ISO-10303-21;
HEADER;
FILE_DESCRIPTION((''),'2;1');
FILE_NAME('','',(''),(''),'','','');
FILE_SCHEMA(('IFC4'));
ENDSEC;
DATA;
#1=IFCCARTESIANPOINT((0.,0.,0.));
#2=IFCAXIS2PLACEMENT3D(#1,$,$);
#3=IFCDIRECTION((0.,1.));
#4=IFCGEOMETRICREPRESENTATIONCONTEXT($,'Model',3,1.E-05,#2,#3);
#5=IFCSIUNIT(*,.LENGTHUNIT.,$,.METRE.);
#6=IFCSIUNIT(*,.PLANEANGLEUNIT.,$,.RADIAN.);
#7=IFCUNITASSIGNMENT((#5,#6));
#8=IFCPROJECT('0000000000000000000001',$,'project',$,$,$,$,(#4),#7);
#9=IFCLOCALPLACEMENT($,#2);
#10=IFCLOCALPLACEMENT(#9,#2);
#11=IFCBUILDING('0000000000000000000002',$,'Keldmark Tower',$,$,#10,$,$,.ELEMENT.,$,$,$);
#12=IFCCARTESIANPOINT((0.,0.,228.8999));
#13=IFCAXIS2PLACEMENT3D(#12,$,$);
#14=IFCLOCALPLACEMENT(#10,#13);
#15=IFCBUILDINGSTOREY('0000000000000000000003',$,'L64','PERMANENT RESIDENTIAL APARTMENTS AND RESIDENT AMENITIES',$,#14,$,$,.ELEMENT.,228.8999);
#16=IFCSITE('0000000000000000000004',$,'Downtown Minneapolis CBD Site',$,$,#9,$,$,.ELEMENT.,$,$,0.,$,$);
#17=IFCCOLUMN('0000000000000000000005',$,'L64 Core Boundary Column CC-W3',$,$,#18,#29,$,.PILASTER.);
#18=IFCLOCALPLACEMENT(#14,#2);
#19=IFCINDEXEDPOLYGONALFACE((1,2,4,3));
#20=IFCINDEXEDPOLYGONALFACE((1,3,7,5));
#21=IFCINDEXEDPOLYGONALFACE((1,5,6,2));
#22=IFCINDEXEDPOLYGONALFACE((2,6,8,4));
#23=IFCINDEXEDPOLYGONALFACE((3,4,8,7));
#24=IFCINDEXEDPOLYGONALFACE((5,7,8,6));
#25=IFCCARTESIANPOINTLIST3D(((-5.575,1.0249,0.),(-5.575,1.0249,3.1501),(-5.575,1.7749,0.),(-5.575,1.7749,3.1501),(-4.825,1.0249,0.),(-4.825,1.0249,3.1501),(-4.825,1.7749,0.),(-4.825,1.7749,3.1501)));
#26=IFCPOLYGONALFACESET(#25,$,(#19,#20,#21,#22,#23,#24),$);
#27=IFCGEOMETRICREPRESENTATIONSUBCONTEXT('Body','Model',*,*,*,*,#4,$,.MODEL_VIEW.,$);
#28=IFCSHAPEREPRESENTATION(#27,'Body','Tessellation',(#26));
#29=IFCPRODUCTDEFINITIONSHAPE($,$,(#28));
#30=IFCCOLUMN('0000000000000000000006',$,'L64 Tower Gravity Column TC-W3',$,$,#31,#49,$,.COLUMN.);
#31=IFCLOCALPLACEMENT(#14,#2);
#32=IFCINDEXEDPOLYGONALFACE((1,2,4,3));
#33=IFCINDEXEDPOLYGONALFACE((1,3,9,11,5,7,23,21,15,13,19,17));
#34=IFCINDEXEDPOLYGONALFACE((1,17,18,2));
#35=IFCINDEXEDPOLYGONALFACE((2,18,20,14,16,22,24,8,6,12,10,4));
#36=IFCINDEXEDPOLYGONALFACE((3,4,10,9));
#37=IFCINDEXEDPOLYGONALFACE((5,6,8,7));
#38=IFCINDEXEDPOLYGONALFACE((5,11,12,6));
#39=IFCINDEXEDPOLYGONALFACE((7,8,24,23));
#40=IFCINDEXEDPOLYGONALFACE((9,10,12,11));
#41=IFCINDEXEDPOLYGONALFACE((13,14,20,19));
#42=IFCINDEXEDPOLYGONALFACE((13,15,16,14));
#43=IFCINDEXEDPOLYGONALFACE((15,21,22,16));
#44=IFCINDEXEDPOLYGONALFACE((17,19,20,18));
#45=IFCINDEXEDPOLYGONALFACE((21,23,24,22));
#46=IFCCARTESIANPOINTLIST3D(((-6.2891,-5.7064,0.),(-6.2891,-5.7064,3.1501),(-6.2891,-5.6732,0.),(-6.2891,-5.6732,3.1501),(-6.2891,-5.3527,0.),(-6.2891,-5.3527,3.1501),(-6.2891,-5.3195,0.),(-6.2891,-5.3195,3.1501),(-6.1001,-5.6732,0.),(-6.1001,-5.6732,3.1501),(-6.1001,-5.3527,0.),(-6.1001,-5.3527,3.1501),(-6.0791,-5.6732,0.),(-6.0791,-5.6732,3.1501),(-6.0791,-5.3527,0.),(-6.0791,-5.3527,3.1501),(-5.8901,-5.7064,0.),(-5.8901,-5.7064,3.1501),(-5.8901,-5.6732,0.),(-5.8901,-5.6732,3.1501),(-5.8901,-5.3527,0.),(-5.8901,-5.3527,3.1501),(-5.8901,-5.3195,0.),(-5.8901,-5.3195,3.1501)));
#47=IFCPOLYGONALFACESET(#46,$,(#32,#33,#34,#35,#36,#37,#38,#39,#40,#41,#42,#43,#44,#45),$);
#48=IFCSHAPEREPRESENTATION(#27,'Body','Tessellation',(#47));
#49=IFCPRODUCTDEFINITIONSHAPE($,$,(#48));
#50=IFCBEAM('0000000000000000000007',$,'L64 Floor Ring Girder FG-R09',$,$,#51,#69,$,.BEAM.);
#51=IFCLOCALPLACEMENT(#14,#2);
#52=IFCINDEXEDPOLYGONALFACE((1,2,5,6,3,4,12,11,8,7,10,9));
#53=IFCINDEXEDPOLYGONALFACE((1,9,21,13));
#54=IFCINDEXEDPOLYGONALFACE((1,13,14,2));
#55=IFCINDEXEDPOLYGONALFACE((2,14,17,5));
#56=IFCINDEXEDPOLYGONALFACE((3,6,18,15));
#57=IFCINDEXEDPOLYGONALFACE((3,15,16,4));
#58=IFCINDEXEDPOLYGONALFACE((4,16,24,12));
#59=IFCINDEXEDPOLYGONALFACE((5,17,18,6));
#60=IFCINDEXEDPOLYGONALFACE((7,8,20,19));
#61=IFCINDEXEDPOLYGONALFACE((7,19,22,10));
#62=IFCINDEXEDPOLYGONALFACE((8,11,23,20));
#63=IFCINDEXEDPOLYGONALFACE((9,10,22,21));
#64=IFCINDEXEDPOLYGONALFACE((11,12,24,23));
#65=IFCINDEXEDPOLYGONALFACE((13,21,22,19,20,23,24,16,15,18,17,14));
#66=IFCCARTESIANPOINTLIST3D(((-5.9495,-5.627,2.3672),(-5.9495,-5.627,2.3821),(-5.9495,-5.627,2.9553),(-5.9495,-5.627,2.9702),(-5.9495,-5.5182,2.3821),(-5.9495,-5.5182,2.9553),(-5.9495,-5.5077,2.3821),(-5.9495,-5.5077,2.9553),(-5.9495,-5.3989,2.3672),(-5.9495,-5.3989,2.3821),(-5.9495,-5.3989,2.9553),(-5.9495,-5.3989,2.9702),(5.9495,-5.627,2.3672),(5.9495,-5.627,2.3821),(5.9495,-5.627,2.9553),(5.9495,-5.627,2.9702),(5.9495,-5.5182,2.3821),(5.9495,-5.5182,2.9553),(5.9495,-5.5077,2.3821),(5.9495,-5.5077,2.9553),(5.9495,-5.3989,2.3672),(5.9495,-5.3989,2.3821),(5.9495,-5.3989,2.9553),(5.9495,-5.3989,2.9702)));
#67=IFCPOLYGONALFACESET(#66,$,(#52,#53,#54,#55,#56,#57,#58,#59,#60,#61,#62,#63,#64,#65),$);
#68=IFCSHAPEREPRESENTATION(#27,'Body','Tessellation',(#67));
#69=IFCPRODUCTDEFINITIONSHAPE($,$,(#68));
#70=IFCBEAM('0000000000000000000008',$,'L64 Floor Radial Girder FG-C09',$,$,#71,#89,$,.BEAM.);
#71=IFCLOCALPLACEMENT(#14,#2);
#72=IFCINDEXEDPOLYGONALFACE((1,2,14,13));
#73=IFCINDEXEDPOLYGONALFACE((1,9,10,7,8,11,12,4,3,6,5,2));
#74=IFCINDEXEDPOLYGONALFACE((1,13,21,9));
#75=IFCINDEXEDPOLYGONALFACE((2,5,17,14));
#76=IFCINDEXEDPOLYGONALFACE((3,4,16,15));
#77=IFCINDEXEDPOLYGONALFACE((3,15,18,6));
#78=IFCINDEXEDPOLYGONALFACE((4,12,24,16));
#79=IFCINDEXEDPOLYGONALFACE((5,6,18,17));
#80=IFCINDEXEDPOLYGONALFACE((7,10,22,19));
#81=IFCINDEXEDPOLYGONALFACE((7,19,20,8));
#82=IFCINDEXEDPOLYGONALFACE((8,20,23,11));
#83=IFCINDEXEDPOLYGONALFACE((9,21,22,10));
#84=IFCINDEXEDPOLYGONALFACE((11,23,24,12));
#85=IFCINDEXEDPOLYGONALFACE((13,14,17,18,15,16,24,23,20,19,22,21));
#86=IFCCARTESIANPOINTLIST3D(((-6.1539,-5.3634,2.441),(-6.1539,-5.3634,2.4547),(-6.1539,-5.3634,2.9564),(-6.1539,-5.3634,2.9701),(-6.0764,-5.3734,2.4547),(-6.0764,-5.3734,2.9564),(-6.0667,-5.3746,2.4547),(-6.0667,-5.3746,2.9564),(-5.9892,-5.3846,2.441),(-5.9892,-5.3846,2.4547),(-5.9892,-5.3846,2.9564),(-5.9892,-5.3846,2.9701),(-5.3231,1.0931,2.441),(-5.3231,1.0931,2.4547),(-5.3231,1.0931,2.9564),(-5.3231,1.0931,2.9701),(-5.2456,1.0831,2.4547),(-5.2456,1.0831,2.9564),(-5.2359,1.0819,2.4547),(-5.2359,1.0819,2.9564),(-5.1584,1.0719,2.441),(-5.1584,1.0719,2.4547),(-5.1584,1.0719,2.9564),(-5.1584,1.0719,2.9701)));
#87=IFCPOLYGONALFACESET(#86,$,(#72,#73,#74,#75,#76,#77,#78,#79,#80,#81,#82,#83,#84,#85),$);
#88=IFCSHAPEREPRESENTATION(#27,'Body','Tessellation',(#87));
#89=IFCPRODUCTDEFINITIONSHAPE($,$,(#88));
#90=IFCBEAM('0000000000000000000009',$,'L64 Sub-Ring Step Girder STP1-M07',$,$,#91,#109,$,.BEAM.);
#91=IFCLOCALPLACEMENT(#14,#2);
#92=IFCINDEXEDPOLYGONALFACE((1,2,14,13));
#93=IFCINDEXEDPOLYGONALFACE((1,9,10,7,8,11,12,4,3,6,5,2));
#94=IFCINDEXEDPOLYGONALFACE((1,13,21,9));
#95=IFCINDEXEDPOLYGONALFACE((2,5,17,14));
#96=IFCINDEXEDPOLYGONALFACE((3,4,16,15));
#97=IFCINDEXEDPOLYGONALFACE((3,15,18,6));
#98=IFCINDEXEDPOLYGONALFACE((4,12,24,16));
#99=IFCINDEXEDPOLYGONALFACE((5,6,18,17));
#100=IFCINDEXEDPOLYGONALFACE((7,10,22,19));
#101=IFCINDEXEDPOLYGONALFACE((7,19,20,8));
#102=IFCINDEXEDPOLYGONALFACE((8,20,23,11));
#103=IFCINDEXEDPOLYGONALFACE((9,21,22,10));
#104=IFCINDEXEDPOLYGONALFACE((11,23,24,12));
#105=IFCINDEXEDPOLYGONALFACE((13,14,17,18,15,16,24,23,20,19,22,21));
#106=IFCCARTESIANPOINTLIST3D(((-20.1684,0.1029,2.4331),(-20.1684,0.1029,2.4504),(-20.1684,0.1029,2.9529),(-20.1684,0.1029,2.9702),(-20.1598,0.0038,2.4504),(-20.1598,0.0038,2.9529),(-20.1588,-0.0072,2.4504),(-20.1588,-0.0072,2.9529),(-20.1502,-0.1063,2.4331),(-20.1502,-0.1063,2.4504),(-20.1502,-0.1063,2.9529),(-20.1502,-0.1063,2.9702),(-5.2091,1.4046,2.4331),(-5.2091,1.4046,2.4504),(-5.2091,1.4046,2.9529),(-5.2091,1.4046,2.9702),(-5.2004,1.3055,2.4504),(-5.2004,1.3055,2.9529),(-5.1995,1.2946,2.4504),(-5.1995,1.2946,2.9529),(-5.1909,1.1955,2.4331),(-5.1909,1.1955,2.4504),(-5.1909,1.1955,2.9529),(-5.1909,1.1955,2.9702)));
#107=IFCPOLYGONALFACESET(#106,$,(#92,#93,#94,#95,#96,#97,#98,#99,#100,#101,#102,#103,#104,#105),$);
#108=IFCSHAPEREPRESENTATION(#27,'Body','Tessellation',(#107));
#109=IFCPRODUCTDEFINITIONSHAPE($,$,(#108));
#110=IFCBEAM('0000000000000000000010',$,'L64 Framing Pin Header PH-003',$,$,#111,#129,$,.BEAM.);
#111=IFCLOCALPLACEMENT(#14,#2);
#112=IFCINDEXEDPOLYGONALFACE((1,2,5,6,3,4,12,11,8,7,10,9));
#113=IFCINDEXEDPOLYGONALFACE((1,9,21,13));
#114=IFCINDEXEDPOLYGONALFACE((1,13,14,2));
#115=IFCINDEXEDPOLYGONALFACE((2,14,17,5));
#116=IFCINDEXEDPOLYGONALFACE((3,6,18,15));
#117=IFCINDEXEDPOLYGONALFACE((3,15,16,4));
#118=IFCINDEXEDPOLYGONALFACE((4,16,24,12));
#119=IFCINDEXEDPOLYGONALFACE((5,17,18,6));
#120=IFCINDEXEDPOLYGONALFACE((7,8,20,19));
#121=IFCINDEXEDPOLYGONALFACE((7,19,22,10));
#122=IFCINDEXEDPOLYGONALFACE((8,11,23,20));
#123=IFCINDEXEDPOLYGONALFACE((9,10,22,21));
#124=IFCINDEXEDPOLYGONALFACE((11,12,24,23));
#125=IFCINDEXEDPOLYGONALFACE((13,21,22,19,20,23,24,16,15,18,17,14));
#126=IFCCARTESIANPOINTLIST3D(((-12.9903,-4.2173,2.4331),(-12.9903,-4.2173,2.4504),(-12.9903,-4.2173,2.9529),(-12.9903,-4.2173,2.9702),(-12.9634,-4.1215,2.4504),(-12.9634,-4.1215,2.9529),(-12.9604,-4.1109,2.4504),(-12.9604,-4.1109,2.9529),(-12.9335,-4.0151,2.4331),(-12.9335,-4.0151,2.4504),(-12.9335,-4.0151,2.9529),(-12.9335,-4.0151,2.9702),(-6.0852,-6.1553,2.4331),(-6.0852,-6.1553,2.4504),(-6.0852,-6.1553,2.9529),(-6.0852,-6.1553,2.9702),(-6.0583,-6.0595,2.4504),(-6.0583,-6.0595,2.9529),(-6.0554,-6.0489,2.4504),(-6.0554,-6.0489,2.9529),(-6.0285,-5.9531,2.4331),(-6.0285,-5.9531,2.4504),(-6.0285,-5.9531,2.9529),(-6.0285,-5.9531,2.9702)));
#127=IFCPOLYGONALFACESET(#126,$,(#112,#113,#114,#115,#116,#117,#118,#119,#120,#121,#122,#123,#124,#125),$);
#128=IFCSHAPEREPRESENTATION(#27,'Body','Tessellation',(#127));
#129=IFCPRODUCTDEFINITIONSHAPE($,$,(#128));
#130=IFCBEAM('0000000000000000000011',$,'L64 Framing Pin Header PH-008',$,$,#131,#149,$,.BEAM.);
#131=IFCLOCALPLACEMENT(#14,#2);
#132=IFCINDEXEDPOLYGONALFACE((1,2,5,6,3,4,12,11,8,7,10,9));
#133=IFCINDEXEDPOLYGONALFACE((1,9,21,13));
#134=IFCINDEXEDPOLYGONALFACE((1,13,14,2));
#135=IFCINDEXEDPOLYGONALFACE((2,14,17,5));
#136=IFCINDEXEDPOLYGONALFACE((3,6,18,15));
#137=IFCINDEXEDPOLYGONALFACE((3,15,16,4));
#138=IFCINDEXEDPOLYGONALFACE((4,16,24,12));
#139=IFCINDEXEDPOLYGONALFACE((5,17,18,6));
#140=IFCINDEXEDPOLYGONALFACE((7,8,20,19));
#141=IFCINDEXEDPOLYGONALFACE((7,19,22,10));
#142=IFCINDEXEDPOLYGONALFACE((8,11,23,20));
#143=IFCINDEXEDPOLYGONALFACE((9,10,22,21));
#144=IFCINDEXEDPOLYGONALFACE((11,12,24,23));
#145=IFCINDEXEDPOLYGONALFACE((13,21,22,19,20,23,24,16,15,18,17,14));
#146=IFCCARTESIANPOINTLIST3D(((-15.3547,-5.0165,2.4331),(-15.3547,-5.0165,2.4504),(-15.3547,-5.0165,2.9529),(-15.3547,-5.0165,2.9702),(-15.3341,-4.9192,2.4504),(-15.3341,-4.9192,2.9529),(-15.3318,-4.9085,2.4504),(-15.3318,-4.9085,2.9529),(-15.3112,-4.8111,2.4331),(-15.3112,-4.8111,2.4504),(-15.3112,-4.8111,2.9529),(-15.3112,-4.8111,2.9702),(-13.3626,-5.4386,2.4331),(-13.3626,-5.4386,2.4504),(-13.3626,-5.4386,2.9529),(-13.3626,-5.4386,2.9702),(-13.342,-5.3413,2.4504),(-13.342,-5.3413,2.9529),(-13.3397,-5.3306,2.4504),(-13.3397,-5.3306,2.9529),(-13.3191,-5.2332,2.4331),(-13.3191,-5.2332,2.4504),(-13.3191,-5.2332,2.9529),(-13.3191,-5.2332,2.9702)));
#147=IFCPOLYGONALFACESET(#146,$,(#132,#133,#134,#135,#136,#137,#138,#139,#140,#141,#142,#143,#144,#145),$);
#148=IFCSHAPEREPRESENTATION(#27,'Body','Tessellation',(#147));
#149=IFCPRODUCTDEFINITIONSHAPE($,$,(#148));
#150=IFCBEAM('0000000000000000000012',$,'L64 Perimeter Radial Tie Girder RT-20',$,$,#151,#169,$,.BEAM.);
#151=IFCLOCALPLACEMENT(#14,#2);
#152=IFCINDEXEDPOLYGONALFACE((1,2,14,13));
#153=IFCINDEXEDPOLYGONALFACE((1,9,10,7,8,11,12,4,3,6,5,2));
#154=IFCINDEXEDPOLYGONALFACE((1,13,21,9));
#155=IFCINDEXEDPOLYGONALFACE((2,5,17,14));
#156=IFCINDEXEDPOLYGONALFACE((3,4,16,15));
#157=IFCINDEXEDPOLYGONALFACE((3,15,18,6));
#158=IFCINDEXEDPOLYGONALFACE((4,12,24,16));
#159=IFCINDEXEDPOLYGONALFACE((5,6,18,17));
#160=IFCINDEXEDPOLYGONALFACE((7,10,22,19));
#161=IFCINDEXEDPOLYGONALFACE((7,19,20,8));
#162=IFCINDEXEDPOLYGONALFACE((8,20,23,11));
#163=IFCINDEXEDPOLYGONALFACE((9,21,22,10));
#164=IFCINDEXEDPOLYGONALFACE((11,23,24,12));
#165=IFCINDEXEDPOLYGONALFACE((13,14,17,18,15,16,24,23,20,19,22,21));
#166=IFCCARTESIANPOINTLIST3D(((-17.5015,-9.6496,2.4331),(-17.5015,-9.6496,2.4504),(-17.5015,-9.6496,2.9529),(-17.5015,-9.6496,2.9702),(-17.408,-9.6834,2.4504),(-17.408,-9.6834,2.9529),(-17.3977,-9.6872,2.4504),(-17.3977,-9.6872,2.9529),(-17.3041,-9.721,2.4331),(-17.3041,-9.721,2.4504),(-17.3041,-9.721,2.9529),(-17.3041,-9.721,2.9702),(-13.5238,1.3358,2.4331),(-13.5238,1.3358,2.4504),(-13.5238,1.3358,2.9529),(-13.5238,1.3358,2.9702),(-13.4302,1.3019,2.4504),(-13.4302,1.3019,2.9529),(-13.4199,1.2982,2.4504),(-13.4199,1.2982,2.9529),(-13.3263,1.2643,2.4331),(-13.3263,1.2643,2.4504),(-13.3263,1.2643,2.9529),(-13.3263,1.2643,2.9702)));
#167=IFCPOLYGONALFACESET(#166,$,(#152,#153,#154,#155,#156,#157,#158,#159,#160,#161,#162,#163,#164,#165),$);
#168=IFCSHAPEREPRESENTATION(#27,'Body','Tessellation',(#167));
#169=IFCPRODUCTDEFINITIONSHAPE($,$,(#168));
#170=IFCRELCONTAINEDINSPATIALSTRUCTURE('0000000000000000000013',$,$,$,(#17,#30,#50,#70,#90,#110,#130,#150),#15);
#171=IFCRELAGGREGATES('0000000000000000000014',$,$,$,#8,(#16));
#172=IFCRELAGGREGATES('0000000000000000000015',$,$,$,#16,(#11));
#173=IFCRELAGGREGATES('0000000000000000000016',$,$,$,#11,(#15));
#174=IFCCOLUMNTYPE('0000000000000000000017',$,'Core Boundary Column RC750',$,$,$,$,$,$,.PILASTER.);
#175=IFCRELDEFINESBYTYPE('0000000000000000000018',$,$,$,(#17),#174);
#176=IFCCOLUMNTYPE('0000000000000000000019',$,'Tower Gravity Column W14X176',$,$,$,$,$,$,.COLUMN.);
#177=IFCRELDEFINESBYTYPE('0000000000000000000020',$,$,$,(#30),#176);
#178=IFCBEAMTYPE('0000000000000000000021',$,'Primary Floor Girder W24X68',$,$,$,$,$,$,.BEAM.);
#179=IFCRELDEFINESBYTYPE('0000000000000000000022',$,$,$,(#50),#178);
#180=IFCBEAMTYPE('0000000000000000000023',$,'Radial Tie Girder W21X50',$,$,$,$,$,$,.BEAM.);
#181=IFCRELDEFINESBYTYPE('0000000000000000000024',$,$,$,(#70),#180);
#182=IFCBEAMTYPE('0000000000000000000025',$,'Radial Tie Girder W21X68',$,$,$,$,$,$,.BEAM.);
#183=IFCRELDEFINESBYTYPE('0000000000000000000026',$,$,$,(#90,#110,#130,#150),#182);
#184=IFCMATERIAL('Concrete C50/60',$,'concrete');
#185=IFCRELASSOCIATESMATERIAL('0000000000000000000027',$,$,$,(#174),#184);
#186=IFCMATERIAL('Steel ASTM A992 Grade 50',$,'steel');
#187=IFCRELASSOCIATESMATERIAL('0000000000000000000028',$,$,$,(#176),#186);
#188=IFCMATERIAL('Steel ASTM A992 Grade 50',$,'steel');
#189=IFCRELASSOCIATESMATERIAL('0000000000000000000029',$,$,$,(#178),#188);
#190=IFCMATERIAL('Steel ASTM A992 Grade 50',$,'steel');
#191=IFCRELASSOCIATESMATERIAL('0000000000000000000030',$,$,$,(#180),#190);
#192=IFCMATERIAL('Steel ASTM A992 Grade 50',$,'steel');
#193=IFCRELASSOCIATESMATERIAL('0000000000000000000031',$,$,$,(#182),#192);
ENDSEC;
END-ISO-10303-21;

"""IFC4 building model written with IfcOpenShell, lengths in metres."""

from ifc_helpers import new_model, si_unit, direction, frame, origin, origin_2d, place, context, subcontext, project, spatial, rectangle, i_section, extrude, material, material_profile, profile_set, type_object, element, save


model = new_model("IFC4")

# Units and contexts
model_context = context("Model", 3, precision=1e-05, world=origin(), true_north=direction((0.0, 1.0)))
body_context = subcontext(model_context, "Body", "Model", "MODEL_VIEW")
ifc_project = project(units=[si_unit("LENGTHUNIT", "METRE"), si_unit("PLANEANGLEUNIT", "RADIAN")], contexts=[model_context])

# Site, building, storey
site_placement = place(None, origin())
site = spatial("IfcSite", under=ifc_project, at=site_placement, Name="Downtown Minneapolis CBD Site", CompositionType="ELEMENT", RefElevation=0.0)
building_placement = place(site_placement, origin())
building = spatial("IfcBuilding", under=site, at=building_placement, Name="Keldmark Tower", CompositionType="ELEMENT")
storey_placement = place(building_placement, frame((0.0, 0.0, 228.8999)))
storey = spatial("IfcBuildingStorey", under=building, at=storey_placement, Name="L64", Description="PERMANENT RESIDENTIAL APARTMENTS AND RESIDENT AMENITIES", CompositionType="ELEMENT", Elevation=228.8999)

# Columns
ifc_material_1 = material(Name="Concrete C50/60", Category="concrete")
ifc_material_profile_1 = material_profile(ifc_material_1, rectangle(XDim=0.75, YDim=0.75, at=origin_2d()), Name="RC750X750")
ifc_profile_set_1 = profile_set([ifc_material_profile_1], Name="Concrete C50/60")
column_type_1 = type_object("IfcColumnType", Name="Core Boundary Column RC750", PredefinedType="PILASTER", material=ifc_profile_set_1)
column_1_placement = place(storey_placement, frame((-5.2, 1.3999, 0.0), z_axis=(0.0, 0.0, 1.0), x_axis=(1.0, 0.0, 0.0)))
element("IfcColumn", 1, at=column_1_placement, inside=storey, type_object=column_type_1, Name="L64 Core Boundary Column CC-W3", PredefinedType="PILASTER", context=body_context, shape_type="SweptSolid", body=[
    extrude(rectangle(XDim=0.75, YDim=0.75, at=origin_2d()), origin(), (0.0, 0.0, 1.0), 3.1501),
])
ifc_material_2 = material(Name="Steel ASTM A992 Grade 50", Category="steel")
ifc_material_profile_2 = material_profile(ifc_material_2, i_section(OverallWidth=0.3989, OverallDepth=0.387, WebThickness=0.021, FlangeThickness=0.0332, at=origin_2d()), Name="W14X176")
ifc_profile_set_2 = profile_set([ifc_material_profile_2], Name="Steel ASTM A992 Grade 50")
column_type_2 = type_object("IfcColumnType", Name="Tower Gravity Column W14X176", PredefinedType="COLUMN", material=ifc_profile_set_2)
column_2_placement = place(storey_placement, frame((-6.0896, -5.5129, 0.0), z_axis=(0.0, 0.0, 1.0), x_axis=(1.0, 0.0, 0.0)))
element("IfcColumn", 2, at=column_2_placement, inside=storey, type_object=column_type_2, Name="L64 Tower Gravity Column TC-W3", PredefinedType="COLUMN", context=body_context, shape_type="SweptSolid", body=[
    extrude(i_section(OverallWidth=0.3989, OverallDepth=0.387, WebThickness=0.021, FlangeThickness=0.0332, at=origin_2d()), origin(), (0.0, 0.0, 1.0), 3.1501),
])

# Beams
ifc_material_3 = material(Name="Steel ASTM A992 Grade 50", Category="steel")
ifc_material_profile_3 = material_profile(ifc_material_3, i_section(OverallWidth=0.228, OverallDepth=0.603, WebThickness=0.0105, FlangeThickness=0.0149, at=origin_2d()), Name="W24X68")
ifc_profile_set_3 = profile_set([ifc_material_profile_3], Name="Steel ASTM A992 Grade 50")
beam_type_1 = type_object("IfcBeamType", Name="Primary Floor Girder W24X68", PredefinedType="BEAM", material=ifc_profile_set_3)
beam_1_placement = place(storey_placement, frame((-5.9495, -5.5129, 2.6687), z_axis=(1.0, 0.0, 0.0), x_axis=(0.0, 1.0, 0.0)))
element("IfcBeam", 3, at=beam_1_placement, inside=storey, type_object=beam_type_1, Name="L64 Floor Ring Girder FG-R09", PredefinedType="BEAM", context=body_context, shape_type="SweptSolid", body=[
    extrude(i_section(OverallWidth=0.228, OverallDepth=0.603, WebThickness=0.0105, FlangeThickness=0.0149, at=origin_2d()), origin(), (0.0, 0.0, 1.0), 11.8989),
])
ifc_material_4 = material(Name="Steel ASTM A992 Grade 50", Category="steel")
ifc_material_profile_4 = material_profile(ifc_material_4, i_section(OverallWidth=0.166, OverallDepth=0.5291, WebThickness=0.0098, FlangeThickness=0.0137, at=origin_2d()), Name="W21X50")
ifc_profile_set_4 = profile_set([ifc_material_profile_4], Name="Steel ASTM A992 Grade 50")
beam_type_2 = type_object("IfcBeamType", Name="Radial Tie Girder W21X50", PredefinedType="BEAM", material=ifc_profile_set_4)
beam_2_placement = place(storey_placement, frame((-6.0715, -5.374, 2.7056), z_axis=(0.127625, 0.991822, 0.0), x_axis=(-0.991822, 0.127625, 0.0)))
element("IfcBeam", 4, at=beam_2_placement, inside=storey, type_object=beam_type_2, Name="L64 Floor Radial Girder FG-C09", PredefinedType="BEAM", context=body_context, shape_type="SweptSolid", body=[
    extrude(i_section(OverallWidth=0.166, OverallDepth=0.5291, WebThickness=0.0098, FlangeThickness=0.0137, at=origin_2d()), origin(), (0.0, 0.0, 1.0), 6.5098),
])
ifc_material_5 = material(Name="Steel ASTM A992 Grade 50", Category="steel")
ifc_material_profile_5 = material_profile(ifc_material_5, i_section(OverallWidth=0.21, OverallDepth=0.5371, WebThickness=0.011, FlangeThickness=0.0173, at=origin_2d()), Name="W21X68")
ifc_profile_set_5 = profile_set([ifc_material_profile_5], Name="Steel ASTM A992 Grade 50")
beam_type_3 = type_object("IfcBeamType", Name="Radial Tie Girder W21X68", PredefinedType="BEAM", material=ifc_profile_set_5)
beam_3_placement = place(storey_placement, frame((-5.2, 1.3, 2.7017), z_axis=(-0.996235, -0.086693, 0.0), x_axis=(0.086693, -0.996235, 0.0)))
element("IfcBeam", 5, at=beam_3_placement, inside=storey, type_object=beam_type_3, Name="L64 Sub-Ring Step Girder STP1-M07", PredefinedType="BEAM", context=body_context, shape_type="SweptSolid", body=[
    extrude(i_section(OverallWidth=0.21, OverallDepth=0.5371, WebThickness=0.011, FlangeThickness=0.0173, at=origin_2d()), origin(), (0.0, 0.0, 1.0), 15.0159),
])
beam_4_placement = place(storey_placement, frame((-12.9619, -4.1162, 2.7017), z_axis=(0.962798, -0.270222, 0.0), x_axis=(0.270222, 0.962798, 0.0)))
element("IfcBeam", 6, at=beam_4_placement, inside=storey, type_object=beam_type_3, Name="L64 Framing Pin Header PH-003", PredefinedType="BEAM", context=body_context, shape_type="SweptSolid", body=[
    extrude(i_section(OverallWidth=0.21, OverallDepth=0.5371, WebThickness=0.011, FlangeThickness=0.0173, at=origin_2d()), origin(), (0.0, 0.0, 1.0), 7.1719),
])
beam_5_placement = place(storey_placement, frame((-13.3408, -5.3359, 2.7017), z_axis=(-0.978281, 0.207285, 0.0), x_axis=(-0.207285, -0.978281, 0.0)))
element("IfcBeam", 7, at=beam_5_placement, inside=storey, type_object=beam_type_3, Name="L64 Framing Pin Header PH-008", PredefinedType="BEAM", context=body_context, shape_type="SweptSolid", body=[
    extrude(i_section(OverallWidth=0.21, OverallDepth=0.5371, WebThickness=0.011, FlangeThickness=0.0173, at=origin_2d()), origin(), (0.0, 0.0, 1.0), 2.0364),
])
beam_6_placement = place(storey_placement, frame((-13.425, 1.3, 2.7017), z_axis=(-0.340466, -0.940257, 0.0), x_axis=(0.940257, -0.340466, 0.0)))
element("IfcBeam", 8, at=beam_6_placement, inside=storey, type_object=beam_type_3, Name="L64 Perimeter Radial Tie Girder RT-20", PredefinedType="BEAM", context=body_context, shape_type="SweptSolid", body=[
    extrude(i_section(OverallWidth=0.21, OverallDepth=0.5371, WebThickness=0.011, FlangeThickness=0.0173, at=origin_2d()), origin(), (0.0, 0.0, 1.0), 11.6833),
])

save(model, "model.ifc")
